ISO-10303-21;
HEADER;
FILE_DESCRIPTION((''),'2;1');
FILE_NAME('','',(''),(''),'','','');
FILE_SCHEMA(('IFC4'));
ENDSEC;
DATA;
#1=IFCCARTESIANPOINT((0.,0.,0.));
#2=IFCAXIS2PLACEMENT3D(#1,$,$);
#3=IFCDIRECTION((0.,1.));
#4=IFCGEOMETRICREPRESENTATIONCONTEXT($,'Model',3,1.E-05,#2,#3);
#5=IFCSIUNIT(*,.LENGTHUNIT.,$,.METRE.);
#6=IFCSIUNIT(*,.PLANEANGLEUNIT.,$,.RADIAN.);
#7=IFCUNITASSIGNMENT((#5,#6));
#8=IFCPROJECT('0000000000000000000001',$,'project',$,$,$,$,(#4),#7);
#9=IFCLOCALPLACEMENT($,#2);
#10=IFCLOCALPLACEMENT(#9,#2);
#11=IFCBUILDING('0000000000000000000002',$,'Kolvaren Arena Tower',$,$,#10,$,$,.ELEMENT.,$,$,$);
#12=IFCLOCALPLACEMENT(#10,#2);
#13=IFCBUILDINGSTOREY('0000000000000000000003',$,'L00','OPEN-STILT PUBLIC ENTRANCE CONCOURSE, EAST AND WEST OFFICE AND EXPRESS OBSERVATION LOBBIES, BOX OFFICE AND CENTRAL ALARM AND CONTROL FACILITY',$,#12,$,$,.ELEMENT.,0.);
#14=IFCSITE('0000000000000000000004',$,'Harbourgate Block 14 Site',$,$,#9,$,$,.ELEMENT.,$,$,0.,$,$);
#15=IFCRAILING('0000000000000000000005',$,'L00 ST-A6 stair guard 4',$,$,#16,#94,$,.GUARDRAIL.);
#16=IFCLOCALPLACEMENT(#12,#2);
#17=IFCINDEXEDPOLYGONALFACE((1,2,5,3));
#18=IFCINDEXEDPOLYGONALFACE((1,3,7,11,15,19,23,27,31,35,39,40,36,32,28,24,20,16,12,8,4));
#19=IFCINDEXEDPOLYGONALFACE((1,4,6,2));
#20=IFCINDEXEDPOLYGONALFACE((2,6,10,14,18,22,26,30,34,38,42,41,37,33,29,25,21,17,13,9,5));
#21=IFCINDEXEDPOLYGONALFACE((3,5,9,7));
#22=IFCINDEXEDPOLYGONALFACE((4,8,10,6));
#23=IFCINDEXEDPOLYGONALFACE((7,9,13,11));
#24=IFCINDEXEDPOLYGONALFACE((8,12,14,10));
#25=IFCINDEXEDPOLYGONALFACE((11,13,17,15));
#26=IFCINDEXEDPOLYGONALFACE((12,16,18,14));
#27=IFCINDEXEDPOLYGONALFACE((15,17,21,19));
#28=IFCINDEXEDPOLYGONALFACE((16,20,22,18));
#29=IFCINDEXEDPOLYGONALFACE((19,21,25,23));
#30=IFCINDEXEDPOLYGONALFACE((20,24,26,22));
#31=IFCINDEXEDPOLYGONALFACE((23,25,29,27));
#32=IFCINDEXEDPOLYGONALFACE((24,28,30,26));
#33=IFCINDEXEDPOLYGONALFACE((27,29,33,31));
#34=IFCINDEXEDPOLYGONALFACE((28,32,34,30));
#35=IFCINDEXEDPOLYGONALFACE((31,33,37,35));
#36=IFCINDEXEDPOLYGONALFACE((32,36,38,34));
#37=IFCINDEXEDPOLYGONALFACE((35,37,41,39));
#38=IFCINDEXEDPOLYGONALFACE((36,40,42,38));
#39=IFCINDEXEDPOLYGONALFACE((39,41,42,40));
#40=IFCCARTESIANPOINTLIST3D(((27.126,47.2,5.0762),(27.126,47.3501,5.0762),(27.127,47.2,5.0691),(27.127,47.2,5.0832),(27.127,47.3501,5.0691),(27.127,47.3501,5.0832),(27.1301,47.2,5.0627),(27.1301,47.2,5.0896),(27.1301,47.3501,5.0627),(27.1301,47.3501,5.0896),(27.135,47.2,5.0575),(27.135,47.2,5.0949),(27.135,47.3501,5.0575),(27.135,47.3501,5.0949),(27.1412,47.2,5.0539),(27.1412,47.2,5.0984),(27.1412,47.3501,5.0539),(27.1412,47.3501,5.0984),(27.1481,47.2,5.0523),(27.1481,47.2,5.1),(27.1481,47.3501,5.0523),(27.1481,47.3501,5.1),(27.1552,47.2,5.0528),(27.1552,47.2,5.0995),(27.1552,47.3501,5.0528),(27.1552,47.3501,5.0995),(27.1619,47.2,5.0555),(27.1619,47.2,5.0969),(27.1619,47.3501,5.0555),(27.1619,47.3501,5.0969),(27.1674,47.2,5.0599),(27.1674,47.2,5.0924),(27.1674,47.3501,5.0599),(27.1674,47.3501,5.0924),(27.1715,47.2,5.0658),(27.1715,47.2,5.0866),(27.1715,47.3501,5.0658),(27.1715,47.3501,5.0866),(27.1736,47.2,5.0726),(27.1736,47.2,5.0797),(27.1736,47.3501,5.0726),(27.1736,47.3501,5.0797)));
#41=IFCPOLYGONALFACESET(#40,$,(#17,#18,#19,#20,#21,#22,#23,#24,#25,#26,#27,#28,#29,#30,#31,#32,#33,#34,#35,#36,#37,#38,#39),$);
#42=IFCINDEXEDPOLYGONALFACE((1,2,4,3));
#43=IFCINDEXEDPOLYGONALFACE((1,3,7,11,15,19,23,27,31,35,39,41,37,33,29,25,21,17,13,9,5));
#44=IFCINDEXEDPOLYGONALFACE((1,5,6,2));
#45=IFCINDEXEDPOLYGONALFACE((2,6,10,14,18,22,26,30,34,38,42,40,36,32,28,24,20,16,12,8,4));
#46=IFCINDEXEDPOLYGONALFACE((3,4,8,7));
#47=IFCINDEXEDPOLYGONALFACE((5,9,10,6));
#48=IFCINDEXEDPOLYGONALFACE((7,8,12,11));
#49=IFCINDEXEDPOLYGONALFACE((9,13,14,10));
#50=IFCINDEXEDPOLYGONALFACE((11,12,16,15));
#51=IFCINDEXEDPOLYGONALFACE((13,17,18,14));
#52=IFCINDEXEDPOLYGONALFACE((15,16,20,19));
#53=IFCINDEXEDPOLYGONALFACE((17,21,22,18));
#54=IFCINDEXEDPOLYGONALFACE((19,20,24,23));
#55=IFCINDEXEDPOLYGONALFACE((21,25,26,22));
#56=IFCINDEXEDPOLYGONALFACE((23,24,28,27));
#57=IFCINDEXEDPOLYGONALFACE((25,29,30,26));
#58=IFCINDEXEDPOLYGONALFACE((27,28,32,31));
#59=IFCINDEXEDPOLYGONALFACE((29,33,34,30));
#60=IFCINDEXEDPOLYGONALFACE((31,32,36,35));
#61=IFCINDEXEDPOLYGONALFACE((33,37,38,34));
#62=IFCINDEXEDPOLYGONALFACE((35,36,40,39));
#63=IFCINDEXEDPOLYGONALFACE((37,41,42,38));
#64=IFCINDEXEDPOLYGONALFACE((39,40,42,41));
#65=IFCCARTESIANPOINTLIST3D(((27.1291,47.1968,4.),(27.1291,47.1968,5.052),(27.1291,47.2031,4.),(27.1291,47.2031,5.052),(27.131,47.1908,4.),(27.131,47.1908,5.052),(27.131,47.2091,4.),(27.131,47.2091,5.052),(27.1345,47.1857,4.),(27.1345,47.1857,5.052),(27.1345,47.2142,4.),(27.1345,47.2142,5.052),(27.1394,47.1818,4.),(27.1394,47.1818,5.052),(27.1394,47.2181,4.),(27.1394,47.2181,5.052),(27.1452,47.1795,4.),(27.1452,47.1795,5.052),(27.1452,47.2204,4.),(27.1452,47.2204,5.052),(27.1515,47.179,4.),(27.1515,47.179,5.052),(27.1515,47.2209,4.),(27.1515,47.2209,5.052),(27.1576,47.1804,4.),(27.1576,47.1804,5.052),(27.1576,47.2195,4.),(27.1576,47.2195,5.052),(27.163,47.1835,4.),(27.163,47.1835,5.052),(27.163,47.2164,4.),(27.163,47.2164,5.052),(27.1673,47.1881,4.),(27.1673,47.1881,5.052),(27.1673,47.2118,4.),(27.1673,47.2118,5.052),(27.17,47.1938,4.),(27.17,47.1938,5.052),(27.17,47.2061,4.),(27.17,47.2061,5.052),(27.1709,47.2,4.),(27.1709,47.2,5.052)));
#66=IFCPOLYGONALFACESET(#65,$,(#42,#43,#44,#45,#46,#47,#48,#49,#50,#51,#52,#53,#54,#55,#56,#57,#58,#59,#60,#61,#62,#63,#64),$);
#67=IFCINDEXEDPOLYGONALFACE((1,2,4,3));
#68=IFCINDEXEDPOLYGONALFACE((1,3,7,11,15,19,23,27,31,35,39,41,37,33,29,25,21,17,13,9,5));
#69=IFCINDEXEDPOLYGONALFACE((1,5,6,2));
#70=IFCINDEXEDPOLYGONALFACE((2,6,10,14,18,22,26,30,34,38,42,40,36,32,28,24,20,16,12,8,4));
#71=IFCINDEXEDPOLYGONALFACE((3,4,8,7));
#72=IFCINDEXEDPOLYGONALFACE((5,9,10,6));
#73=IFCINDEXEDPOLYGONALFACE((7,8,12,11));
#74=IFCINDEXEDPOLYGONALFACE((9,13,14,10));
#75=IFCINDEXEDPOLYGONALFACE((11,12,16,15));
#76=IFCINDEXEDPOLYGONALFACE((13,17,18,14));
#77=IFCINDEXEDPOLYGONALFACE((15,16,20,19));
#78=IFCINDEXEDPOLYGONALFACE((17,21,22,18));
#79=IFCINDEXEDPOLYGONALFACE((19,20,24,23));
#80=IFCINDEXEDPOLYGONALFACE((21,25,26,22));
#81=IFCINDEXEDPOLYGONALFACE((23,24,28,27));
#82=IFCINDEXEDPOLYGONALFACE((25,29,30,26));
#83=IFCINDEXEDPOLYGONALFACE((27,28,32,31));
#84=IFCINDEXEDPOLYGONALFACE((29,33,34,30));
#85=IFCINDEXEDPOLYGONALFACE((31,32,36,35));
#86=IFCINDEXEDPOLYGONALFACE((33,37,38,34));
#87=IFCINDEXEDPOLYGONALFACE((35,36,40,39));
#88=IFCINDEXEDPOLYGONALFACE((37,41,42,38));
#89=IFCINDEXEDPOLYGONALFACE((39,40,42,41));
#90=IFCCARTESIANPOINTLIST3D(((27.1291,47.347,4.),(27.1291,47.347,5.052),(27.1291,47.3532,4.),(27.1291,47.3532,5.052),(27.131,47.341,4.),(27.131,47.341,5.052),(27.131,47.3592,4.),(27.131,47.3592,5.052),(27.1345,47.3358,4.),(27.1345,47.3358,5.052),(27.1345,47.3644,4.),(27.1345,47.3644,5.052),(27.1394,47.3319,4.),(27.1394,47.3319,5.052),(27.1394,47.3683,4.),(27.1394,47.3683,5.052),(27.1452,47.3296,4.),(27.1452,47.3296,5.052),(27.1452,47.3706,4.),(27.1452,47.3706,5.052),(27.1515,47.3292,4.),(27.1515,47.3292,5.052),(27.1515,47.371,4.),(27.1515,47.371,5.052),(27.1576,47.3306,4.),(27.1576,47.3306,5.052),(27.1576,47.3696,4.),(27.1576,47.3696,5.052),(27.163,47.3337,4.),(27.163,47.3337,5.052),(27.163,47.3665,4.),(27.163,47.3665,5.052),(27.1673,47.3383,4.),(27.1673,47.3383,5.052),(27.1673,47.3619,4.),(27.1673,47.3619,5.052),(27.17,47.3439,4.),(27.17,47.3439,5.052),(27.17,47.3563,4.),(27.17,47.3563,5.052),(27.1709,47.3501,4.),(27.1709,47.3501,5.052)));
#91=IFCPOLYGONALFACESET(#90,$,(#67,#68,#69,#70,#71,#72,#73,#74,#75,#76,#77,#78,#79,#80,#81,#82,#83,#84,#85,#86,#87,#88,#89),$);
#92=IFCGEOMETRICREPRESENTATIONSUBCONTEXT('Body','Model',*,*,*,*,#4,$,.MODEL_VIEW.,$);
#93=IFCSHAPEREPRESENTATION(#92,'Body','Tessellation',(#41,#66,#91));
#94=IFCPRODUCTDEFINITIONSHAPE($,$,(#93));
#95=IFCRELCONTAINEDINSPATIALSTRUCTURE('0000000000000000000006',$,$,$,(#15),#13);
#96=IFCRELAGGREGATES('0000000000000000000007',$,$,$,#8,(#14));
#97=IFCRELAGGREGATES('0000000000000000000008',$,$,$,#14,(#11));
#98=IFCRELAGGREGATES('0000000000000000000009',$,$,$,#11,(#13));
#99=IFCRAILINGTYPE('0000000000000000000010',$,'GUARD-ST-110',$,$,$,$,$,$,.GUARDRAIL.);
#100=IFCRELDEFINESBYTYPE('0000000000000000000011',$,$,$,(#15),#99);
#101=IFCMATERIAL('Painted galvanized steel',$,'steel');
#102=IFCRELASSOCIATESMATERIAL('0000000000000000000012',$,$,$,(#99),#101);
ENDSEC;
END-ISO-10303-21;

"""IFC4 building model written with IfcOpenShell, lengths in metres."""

from ifc_helpers import new_model, si_unit, direction, frame, origin, origin_2d, place, context, subcontext, project, spatial, circle, extrude, material, type_object, element, save


model = new_model("IFC4")

# Units and contexts
model_context = context("Model", 3, precision=1e-05, world=origin(), true_north=direction((0.0, 1.0)))
body_context = subcontext(model_context, "Body", "Model", "MODEL_VIEW")
ifc_project = project(units=[si_unit("LENGTHUNIT", "METRE"), si_unit("PLANEANGLEUNIT", "RADIAN")], contexts=[model_context])

# Site, building, storey
site_placement = place(None, origin())
site = spatial("IfcSite", under=ifc_project, at=site_placement, Name="Harbourgate Block 14 Site", CompositionType="ELEMENT", RefElevation=0.0)
building_placement = place(site_placement, origin())
building = spatial("IfcBuilding", under=site, at=building_placement, Name="Kolvaren Arena Tower", CompositionType="ELEMENT")
storey_placement = place(building_placement, origin())
storey = spatial("IfcBuildingStorey", under=building, at=storey_placement, Name="L00", Description="OPEN-STILT PUBLIC ENTRANCE CONCOURSE, EAST AND WEST OFFICE AND EXPRESS OBSERVATION LOBBIES, BOX OFFICE AND CENTRAL ALARM AND CONTROL FACILITY", CompositionType="ELEMENT", Elevation=0.0)

# Railing
ifc_material_1 = material(Name="Painted galvanized steel", Category="steel")
railing_type_1 = type_object("IfcRailingType", Name="GUARD-ST-110", PredefinedType="GUARDRAIL", material=ifc_material_1)
railing_1_placement = place(storey_placement, frame((27.1499, 47.2, 4.0)))
element("IfcRailing", 1, at=railing_1_placement, inside=storey, type_object=railing_type_1, Name="L00 ST-A6 stair guard 4", PredefinedType="GUARDRAIL", context=body_context, shape_type="SweptSolid", body=[
    extrude(circle(Radius=0.0239, at=origin_2d()), frame((0.0, 0.0, 1.0762), z_axis=(0.0, 1.0, 0.0), x_axis=(-1.0, 0.0, 0.0)), (0.0, 0.0, 1.0), 0.1501),
    extrude(circle(Radius=0.021, at=origin_2d()), origin(), (0.0, 0.0, 1.0), 1.052),
    extrude(circle(Radius=0.021, at=origin_2d()), frame((0.0, 0.1501, 0.0)), (0.0, 0.0, 1.0), 1.052),
])

save(model, "model.ifc")
